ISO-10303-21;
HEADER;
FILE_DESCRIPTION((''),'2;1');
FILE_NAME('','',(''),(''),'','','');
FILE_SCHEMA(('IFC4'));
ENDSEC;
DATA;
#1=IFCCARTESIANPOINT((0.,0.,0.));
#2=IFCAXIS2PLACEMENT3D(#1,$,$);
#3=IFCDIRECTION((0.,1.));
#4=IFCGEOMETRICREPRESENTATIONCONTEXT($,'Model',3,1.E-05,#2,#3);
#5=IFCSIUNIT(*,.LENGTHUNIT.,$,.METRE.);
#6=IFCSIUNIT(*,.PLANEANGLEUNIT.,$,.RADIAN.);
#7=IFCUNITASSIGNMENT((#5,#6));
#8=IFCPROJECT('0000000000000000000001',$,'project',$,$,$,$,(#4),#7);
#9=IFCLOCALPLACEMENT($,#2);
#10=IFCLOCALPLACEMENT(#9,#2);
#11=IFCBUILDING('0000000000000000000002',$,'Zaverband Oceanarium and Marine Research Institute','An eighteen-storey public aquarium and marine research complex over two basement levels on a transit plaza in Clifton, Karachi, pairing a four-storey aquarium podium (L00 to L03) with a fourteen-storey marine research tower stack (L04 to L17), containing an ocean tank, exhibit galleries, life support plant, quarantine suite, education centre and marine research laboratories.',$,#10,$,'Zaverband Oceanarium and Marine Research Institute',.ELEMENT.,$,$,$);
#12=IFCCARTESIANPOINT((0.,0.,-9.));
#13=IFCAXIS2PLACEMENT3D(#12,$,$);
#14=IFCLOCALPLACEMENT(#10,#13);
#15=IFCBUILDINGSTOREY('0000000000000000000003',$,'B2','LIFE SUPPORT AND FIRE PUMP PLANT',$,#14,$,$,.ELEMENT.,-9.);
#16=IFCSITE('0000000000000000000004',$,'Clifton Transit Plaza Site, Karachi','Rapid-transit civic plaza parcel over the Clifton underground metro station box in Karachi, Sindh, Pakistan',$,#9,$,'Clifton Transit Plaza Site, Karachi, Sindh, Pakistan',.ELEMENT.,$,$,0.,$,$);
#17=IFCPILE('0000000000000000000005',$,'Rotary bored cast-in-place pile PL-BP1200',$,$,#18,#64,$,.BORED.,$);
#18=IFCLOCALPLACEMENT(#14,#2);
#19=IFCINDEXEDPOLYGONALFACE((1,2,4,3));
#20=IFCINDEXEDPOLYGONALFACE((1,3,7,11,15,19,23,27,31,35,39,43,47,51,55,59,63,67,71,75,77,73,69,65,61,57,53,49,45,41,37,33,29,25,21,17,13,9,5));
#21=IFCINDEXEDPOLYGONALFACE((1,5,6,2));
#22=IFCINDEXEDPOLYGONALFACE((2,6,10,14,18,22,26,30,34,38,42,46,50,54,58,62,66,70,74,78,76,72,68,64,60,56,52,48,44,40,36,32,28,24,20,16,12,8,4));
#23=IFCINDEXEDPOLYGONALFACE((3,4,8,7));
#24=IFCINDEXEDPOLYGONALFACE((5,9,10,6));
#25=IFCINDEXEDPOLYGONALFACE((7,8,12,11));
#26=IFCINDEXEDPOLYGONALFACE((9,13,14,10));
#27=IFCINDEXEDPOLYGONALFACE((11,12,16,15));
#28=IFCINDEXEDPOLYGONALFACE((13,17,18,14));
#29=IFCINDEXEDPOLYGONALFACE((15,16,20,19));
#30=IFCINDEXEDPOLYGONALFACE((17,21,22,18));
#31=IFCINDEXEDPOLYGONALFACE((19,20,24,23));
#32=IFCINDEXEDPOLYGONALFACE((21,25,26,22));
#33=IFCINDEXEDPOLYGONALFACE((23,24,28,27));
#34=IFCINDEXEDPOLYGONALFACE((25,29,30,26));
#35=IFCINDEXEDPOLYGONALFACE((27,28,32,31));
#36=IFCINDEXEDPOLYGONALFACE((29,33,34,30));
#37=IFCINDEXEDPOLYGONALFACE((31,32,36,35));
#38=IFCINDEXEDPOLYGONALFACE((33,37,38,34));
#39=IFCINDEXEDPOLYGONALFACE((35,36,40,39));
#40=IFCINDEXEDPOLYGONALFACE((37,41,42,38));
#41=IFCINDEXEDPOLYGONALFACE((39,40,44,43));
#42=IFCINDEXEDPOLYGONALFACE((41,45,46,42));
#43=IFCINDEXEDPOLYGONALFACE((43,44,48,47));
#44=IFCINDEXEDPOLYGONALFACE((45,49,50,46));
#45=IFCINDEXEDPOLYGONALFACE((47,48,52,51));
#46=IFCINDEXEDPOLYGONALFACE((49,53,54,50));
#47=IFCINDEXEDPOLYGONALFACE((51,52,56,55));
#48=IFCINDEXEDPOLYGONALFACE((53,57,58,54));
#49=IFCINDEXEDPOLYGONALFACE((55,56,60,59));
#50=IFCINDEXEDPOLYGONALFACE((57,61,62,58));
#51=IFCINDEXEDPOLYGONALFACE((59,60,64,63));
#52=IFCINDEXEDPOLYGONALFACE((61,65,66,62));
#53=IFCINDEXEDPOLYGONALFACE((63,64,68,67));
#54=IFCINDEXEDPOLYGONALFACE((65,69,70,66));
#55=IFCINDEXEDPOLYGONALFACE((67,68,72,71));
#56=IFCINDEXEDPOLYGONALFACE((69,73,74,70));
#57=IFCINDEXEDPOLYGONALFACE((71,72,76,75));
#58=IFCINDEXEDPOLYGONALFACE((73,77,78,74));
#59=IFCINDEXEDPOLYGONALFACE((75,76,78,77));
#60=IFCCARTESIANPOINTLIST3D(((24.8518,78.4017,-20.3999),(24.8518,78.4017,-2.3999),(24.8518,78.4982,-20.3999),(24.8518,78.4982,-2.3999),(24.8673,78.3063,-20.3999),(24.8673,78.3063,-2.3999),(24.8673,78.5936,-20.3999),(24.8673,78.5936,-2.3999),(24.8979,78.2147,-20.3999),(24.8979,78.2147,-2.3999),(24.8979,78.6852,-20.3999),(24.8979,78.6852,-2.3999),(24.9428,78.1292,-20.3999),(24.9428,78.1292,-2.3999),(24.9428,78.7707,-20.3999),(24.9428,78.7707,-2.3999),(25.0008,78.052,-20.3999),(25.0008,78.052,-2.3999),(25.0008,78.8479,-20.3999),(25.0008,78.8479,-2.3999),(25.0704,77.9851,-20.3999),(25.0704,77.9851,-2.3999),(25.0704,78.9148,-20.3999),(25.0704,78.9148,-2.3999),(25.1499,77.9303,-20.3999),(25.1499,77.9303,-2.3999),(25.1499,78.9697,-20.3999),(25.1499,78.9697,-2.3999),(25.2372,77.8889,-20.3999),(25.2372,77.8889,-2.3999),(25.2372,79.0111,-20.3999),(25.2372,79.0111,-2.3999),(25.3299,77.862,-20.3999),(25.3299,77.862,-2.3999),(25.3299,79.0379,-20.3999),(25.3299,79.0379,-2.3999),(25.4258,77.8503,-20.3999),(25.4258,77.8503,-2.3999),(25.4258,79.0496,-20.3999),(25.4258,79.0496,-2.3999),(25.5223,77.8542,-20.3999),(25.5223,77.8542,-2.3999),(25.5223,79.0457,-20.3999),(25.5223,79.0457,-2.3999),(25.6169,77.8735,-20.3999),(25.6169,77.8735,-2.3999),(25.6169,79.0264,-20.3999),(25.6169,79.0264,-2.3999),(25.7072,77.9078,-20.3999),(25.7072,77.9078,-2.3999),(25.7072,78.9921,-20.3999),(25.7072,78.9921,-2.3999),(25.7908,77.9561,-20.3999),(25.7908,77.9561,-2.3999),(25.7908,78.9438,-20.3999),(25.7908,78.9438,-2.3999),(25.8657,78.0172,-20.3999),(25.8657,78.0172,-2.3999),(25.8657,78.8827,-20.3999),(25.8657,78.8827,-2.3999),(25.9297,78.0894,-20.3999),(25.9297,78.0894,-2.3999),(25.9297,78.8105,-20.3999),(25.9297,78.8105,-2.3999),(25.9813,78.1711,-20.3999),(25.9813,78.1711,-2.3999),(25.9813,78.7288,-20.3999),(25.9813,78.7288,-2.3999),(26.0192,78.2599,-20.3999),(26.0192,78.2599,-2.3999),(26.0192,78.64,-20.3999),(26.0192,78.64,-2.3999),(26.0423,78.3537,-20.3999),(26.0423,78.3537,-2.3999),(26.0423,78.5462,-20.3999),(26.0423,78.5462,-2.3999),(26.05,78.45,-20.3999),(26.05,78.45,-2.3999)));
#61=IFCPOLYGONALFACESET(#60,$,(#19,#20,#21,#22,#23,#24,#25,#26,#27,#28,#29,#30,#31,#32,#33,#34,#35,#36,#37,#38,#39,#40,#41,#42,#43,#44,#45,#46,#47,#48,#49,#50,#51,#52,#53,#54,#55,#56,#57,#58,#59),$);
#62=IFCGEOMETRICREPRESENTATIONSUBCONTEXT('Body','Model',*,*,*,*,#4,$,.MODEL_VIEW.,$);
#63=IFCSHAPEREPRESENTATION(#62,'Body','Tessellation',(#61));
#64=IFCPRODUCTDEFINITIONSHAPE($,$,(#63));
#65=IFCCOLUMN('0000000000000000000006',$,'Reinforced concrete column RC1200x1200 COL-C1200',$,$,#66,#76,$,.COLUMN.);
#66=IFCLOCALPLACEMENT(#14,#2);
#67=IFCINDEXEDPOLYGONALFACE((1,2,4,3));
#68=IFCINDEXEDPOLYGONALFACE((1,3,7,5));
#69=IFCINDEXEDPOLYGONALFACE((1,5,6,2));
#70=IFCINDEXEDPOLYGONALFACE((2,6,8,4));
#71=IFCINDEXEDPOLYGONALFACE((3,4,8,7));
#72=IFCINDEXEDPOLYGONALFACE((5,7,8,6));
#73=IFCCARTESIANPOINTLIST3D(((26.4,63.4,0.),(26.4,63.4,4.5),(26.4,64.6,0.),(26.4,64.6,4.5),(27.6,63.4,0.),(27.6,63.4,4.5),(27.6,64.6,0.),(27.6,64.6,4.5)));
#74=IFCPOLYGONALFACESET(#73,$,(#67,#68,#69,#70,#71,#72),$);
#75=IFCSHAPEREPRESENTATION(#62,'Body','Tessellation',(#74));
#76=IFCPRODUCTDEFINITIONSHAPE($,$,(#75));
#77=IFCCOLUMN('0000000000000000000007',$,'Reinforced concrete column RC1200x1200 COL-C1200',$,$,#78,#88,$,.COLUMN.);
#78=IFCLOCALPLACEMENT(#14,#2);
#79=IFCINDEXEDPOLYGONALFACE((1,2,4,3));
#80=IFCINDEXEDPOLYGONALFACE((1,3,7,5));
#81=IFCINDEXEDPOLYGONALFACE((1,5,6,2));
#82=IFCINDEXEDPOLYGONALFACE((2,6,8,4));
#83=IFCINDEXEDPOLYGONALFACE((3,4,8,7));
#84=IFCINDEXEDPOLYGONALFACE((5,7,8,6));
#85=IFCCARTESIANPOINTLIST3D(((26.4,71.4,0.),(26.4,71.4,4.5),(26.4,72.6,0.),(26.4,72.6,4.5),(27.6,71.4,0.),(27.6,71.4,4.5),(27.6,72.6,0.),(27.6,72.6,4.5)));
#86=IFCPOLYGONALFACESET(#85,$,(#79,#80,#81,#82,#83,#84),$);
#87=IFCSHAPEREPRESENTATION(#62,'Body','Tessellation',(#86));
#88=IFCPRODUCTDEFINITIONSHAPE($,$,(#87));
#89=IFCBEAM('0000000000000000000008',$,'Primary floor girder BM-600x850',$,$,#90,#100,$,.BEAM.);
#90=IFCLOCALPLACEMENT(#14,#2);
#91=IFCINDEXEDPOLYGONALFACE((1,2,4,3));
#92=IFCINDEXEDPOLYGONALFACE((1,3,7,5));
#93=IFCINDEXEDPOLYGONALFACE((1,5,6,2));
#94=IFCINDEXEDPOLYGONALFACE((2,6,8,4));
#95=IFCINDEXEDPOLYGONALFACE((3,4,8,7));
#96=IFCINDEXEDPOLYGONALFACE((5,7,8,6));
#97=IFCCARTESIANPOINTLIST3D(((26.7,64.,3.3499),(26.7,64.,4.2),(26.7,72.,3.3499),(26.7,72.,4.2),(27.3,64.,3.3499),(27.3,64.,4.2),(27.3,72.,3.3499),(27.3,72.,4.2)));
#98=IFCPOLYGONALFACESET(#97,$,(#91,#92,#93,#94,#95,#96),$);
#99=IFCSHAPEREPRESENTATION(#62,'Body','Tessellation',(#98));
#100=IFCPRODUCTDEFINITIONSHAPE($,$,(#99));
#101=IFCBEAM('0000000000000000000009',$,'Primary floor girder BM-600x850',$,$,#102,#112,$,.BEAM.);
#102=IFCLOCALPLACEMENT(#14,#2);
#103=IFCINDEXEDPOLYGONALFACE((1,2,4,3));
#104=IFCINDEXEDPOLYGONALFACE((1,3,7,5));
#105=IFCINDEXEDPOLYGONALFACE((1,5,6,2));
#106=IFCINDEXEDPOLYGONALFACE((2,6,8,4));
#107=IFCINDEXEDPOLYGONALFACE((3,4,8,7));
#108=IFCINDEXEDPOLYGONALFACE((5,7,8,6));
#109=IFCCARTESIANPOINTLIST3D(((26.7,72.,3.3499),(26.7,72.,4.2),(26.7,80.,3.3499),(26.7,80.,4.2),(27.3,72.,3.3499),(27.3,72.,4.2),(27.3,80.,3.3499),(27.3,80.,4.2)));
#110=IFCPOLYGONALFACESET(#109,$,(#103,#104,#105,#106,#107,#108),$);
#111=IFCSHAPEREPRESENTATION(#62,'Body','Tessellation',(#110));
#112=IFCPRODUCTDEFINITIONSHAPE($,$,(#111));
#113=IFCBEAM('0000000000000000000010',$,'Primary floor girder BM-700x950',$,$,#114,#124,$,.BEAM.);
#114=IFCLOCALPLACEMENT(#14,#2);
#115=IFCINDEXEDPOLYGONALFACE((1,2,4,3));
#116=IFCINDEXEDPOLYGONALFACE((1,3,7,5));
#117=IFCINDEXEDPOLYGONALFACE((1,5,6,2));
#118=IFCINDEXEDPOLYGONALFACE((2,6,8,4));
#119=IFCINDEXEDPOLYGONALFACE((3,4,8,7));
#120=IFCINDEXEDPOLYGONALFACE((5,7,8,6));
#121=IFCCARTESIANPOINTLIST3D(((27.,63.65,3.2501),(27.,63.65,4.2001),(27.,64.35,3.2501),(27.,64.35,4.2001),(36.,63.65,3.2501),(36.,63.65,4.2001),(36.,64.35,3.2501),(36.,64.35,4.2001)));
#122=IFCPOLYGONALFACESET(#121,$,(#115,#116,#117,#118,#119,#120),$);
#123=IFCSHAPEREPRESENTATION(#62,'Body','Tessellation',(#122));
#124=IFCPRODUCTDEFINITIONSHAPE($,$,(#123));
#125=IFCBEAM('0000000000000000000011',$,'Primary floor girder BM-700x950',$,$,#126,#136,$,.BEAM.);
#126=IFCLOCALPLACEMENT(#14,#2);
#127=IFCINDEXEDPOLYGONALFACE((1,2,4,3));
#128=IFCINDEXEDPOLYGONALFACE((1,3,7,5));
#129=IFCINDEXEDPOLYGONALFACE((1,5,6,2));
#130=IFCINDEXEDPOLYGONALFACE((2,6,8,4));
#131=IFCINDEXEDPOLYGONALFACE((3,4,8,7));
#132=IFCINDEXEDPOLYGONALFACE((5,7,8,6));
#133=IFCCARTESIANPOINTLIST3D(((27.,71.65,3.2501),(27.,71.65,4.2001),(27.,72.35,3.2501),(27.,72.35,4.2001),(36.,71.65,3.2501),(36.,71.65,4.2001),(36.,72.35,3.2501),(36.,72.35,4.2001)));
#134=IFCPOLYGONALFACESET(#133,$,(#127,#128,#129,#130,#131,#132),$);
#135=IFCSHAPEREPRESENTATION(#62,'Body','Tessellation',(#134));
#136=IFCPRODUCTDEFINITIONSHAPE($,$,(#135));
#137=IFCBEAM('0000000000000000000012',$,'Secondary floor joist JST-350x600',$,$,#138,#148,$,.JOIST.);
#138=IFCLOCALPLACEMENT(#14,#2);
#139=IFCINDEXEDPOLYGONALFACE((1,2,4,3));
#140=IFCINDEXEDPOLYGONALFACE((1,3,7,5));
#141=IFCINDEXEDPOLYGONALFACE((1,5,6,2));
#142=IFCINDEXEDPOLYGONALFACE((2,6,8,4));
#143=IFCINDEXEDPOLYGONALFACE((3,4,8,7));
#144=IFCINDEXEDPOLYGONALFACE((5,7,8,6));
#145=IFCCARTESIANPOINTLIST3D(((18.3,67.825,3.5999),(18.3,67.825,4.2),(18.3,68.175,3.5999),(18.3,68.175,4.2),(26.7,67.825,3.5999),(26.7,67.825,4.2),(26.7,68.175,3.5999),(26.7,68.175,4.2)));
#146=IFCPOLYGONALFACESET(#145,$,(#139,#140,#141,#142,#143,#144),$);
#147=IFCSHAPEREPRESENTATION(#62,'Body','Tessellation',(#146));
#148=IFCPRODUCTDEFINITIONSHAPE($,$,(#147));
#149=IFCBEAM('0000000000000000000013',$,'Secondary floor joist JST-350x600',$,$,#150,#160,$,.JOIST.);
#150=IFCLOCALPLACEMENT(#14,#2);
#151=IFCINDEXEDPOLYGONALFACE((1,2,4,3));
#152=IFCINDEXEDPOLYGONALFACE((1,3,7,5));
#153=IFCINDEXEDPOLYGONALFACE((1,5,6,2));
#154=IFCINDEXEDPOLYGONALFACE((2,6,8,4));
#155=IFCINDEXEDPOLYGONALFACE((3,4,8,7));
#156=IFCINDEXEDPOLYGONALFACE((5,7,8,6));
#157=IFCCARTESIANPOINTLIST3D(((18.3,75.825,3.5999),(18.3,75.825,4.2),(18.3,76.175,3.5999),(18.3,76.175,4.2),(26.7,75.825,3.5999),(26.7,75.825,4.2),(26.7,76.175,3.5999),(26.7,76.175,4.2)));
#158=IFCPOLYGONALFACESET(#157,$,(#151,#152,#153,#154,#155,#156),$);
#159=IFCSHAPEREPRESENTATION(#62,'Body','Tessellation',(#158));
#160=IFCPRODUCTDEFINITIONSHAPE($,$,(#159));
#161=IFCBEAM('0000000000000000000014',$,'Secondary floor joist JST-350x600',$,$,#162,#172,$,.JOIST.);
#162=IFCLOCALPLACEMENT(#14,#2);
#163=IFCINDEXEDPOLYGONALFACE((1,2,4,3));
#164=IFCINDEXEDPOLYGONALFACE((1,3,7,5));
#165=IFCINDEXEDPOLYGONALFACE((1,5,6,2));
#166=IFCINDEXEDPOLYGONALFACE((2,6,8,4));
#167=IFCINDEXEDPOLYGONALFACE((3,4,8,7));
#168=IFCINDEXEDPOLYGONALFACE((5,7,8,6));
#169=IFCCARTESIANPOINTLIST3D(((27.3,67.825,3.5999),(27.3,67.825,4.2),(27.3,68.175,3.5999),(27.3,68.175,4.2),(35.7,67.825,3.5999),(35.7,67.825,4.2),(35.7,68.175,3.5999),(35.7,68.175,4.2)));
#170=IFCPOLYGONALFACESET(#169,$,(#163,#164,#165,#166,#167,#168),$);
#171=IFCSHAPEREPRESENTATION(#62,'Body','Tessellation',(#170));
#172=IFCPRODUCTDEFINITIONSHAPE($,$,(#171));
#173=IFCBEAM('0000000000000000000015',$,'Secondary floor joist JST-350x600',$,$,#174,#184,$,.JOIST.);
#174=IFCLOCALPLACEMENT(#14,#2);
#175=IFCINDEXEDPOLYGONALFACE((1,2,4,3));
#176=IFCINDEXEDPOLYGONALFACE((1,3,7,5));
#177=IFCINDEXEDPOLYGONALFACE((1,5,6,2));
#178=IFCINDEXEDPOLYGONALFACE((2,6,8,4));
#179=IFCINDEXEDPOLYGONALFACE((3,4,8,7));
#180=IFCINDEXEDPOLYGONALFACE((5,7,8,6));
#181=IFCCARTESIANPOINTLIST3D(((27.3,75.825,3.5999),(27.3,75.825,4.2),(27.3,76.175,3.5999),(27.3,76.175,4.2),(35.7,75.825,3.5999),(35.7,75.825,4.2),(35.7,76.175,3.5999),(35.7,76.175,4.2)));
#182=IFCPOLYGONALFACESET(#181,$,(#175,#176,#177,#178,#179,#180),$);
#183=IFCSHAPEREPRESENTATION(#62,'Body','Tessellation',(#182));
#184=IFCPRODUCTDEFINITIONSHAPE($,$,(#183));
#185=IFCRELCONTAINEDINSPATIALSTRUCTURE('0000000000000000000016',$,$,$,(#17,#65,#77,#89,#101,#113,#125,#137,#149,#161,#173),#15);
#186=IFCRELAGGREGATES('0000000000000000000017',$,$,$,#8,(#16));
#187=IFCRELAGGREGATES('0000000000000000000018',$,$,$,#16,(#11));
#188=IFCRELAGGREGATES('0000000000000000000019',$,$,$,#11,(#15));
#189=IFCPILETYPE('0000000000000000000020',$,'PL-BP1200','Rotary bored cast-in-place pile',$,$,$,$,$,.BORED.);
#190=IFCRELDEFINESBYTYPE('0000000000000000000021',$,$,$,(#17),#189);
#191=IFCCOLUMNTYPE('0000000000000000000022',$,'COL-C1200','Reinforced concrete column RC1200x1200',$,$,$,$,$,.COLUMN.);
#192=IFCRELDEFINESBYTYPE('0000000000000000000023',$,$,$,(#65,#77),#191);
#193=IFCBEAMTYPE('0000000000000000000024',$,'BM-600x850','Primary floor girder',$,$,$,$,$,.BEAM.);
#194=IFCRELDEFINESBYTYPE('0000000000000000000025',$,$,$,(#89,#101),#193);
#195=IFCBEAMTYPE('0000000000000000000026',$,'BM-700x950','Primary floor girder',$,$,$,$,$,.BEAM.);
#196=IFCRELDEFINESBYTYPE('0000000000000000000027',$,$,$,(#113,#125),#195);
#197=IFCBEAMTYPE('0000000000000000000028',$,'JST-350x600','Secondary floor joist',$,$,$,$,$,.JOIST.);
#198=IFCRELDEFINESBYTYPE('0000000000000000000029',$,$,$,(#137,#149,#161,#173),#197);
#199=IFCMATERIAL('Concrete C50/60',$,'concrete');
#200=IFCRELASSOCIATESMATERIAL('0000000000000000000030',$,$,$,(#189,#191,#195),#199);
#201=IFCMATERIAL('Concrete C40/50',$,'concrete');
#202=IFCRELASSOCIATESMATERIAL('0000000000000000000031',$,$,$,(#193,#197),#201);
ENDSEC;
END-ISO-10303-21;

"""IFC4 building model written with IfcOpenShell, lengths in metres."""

from ifc_helpers import new_model, si_unit, direction, frame, origin, origin_2d, place, context, subcontext, project, spatial, rectangle, circle, extrude, material, material_profile, profile_set, type_object, element, save


model = new_model("IFC4")

# Units and contexts
model_context = context("Model", 3, precision=1e-05, world=origin(), true_north=direction((0.0, 1.0)))
body_context = subcontext(model_context, "Body", "Model", "MODEL_VIEW")
ifc_project = project(units=[si_unit("LENGTHUNIT", "METRE"), si_unit("PLANEANGLEUNIT", "RADIAN")], contexts=[model_context])

# Site, building, storey
site_placement = place(None, origin())
site = spatial("IfcSite", under=ifc_project, at=site_placement, Name="Clifton Transit Plaza Site, Karachi", Description="Rapid-transit civic plaza parcel over the Clifton underground metro station box in Karachi, Sindh, Pakistan", LongName="Clifton Transit Plaza Site, Karachi, Sindh, Pakistan", CompositionType="ELEMENT", RefElevation=0.0)
building_placement = place(site_placement, origin())
building = spatial("IfcBuilding", under=site, at=building_placement, Name="Zaverband Oceanarium and Marine Research Institute", Description="An eighteen-storey public aquarium and marine research complex over two basement levels on a transit plaza in Clifton, Karachi, pairing a four-storey aquarium podium (L00 to L03) with a fourteen-storey marine research tower stack (L04 to L17), containing an ocean tank, exhibit galleries, life support plant, quarantine suite, education centre and marine research laboratories.", LongName="Zaverband Oceanarium and Marine Research Institute", CompositionType="ELEMENT")
storey_placement = place(building_placement, frame((0.0, 0.0, -9.0)))
storey = spatial("IfcBuildingStorey", under=building, at=storey_placement, Name="B2", Description="LIFE SUPPORT AND FIRE PUMP PLANT", CompositionType="ELEMENT", Elevation=-9.0)

# Shared definitions
ifc_material_1 = material(Name="Concrete C50/60", Category="concrete")

# Pile
ifc_material_profile_1 = material_profile(ifc_material_1, circle(Radius=0.6001, at=origin_2d()), Name="BP1200")
ifc_profile_set_1 = profile_set([ifc_material_profile_1], Name="Concrete C50/60")
pile_type = type_object("IfcPileType", Name="PL-BP1200", Description="Rotary bored cast-in-place pile", PredefinedType="BORED", material=ifc_profile_set_1)
for number, where, z_axis, x_axis, name in (
    (1, (25.45, 78.45, -2.3999), (0.0, 0.0, -1.0), (1.0, 0.0, 0.0), "Rotary bored cast-in-place pile PL-BP1200"),
):
    element("IfcPile", number, at=place(storey_placement, frame(where, z_axis=z_axis, x_axis=x_axis)), inside=storey, type_object=pile_type, Name=name, PredefinedType="BORED", context=body_context, shape_type="SweptSolid", body=[
        extrude(circle(Radius=0.6001, at=origin_2d()), origin(), (0.0, 0.0, 1.0), 18.0),
    ])

# Columns
ifc_material_profile_2 = material_profile(ifc_material_1, rectangle(XDim=1.2, YDim=1.2, at=origin_2d()), Name="RC1200x1200")
ifc_profile_set_2 = profile_set([ifc_material_profile_2], Name="Concrete C50/60")
column_type = type_object("IfcColumnType", Name="COL-C1200", Description="Reinforced concrete column RC1200x1200", PredefinedType="COLUMN", material=ifc_profile_set_2)
for number, where, z_axis, x_axis, name in (
    (2, (27.0, 64.0, 0.0), (0.0, 0.0, 1.0), (1.0, 0.0, 0.0), "Reinforced concrete column RC1200x1200 COL-C1200"),
    (3, (27.0, 72.0, 0.0), (0.0, 0.0, 1.0), (1.0, 0.0, 0.0), "Reinforced concrete column RC1200x1200 COL-C1200"),
):
    element("IfcColumn", number, at=place(storey_placement, frame(where, z_axis=z_axis, x_axis=x_axis)), inside=storey, type_object=column_type, Name=name, PredefinedType="COLUMN", context=body_context, shape_type="SweptSolid", body=[
        extrude(rectangle(XDim=1.2, YDim=1.2, at=origin_2d()), origin(), (0.0, 0.0, 1.0), 4.5),
    ])

# Beams
ifc_material_2 = material(Name="Concrete C40/50", Category="concrete")
ifc_material_profile_3 = material_profile(ifc_material_2, rectangle(XDim=0.6001, YDim=0.8501, at=origin_2d()), Name="RC600x850")
ifc_profile_set_3 = profile_set([ifc_material_profile_3], Name="Concrete C40/50")
beam_type_1 = type_object("IfcBeamType", Name="BM-600x850", Description="Primary floor girder", PredefinedType="BEAM", material=ifc_profile_set_3)
for number, where, z_axis, x_axis, name in (
    (4, (27.0, 64.0, 3.7749), (0.0, 1.0, 0.0), (-1.0, 0.0, 0.0), "Primary floor girder BM-600x850"),
    (5, (27.0, 72.0, 3.7749), (0.0, 1.0, 0.0), (-1.0, 0.0, 0.0), "Primary floor girder BM-600x850"),
):
    element("IfcBeam", number, at=place(storey_placement, frame(where, z_axis=z_axis, x_axis=x_axis)), inside=storey, type_object=beam_type_1, Name=name, PredefinedType="BEAM", context=body_context, shape_type="SweptSolid", body=[
        extrude(rectangle(XDim=0.6001, YDim=0.8501, at=origin_2d()), origin(), (0.0, 0.0, 1.0), 8.0),
    ])
ifc_material_profile_4 = material_profile(ifc_material_1, rectangle(XDim=0.7, YDim=0.95, at=origin_2d()), Name="RC700x950")
ifc_profile_set_4 = profile_set([ifc_material_profile_4], Name="Concrete C50/60")
beam_type_2 = type_object("IfcBeamType", Name="BM-700x950", Description="Primary floor girder", PredefinedType="BEAM", material=ifc_profile_set_4)
for number, where, z_axis, x_axis, name in (
    (6, (27.0, 64.0, 3.7251), (1.0, 0.0, 0.0), (0.0, 1.0, 0.0), "Primary floor girder BM-700x950"),
    (7, (27.0, 72.0, 3.7251), (1.0, 0.0, 0.0), (0.0, 1.0, 0.0), "Primary floor girder BM-700x950"),
):
    element("IfcBeam", number, at=place(storey_placement, frame(where, z_axis=z_axis, x_axis=x_axis)), inside=storey, type_object=beam_type_2, Name=name, PredefinedType="BEAM", context=body_context, shape_type="SweptSolid", body=[
        extrude(rectangle(XDim=0.7, YDim=0.95, at=origin_2d()), origin(), (0.0, 0.0, 1.0), 9.0),
    ])
ifc_material_profile_5 = material_profile(ifc_material_2, rectangle(XDim=0.3501, YDim=0.6001, at=origin_2d()), Name="RC350x600")
ifc_profile_set_5 = profile_set([ifc_material_profile_5], Name="Concrete C40/50")
beam_type_3 = type_object("IfcBeamType", Name="JST-350x600", Description="Secondary floor joist", PredefinedType="JOIST", material=ifc_profile_set_5)
for number, where, z_axis, x_axis, name in (
    (8, (18.3, 68.0, 3.8999), (1.0, 0.0, 0.0), (0.0, 1.0, 0.0), "Secondary floor joist JST-350x600"),
    (9, (18.3, 76.0, 3.8999), (1.0, 0.0, 0.0), (0.0, 1.0, 0.0), "Secondary floor joist JST-350x600"),
    (10, (27.3, 68.0, 3.8999), (1.0, 0.0, 0.0), (0.0, 1.0, 0.0), "Secondary floor joist JST-350x600"),
    (11, (27.3, 76.0, 3.8999), (1.0, 0.0, 0.0), (0.0, 1.0, 0.0), "Secondary floor joist JST-350x600"),
):
    element("IfcBeam", number, at=place(storey_placement, frame(where, z_axis=z_axis, x_axis=x_axis)), inside=storey, type_object=beam_type_3, Name=name, PredefinedType="JOIST", context=body_context, shape_type="SweptSolid", body=[
        extrude(rectangle(XDim=0.3501, YDim=0.6001, at=origin_2d()), origin(), (0.0, 0.0, 1.0), 8.3999),
    ])

save(model, "model.ifc")
